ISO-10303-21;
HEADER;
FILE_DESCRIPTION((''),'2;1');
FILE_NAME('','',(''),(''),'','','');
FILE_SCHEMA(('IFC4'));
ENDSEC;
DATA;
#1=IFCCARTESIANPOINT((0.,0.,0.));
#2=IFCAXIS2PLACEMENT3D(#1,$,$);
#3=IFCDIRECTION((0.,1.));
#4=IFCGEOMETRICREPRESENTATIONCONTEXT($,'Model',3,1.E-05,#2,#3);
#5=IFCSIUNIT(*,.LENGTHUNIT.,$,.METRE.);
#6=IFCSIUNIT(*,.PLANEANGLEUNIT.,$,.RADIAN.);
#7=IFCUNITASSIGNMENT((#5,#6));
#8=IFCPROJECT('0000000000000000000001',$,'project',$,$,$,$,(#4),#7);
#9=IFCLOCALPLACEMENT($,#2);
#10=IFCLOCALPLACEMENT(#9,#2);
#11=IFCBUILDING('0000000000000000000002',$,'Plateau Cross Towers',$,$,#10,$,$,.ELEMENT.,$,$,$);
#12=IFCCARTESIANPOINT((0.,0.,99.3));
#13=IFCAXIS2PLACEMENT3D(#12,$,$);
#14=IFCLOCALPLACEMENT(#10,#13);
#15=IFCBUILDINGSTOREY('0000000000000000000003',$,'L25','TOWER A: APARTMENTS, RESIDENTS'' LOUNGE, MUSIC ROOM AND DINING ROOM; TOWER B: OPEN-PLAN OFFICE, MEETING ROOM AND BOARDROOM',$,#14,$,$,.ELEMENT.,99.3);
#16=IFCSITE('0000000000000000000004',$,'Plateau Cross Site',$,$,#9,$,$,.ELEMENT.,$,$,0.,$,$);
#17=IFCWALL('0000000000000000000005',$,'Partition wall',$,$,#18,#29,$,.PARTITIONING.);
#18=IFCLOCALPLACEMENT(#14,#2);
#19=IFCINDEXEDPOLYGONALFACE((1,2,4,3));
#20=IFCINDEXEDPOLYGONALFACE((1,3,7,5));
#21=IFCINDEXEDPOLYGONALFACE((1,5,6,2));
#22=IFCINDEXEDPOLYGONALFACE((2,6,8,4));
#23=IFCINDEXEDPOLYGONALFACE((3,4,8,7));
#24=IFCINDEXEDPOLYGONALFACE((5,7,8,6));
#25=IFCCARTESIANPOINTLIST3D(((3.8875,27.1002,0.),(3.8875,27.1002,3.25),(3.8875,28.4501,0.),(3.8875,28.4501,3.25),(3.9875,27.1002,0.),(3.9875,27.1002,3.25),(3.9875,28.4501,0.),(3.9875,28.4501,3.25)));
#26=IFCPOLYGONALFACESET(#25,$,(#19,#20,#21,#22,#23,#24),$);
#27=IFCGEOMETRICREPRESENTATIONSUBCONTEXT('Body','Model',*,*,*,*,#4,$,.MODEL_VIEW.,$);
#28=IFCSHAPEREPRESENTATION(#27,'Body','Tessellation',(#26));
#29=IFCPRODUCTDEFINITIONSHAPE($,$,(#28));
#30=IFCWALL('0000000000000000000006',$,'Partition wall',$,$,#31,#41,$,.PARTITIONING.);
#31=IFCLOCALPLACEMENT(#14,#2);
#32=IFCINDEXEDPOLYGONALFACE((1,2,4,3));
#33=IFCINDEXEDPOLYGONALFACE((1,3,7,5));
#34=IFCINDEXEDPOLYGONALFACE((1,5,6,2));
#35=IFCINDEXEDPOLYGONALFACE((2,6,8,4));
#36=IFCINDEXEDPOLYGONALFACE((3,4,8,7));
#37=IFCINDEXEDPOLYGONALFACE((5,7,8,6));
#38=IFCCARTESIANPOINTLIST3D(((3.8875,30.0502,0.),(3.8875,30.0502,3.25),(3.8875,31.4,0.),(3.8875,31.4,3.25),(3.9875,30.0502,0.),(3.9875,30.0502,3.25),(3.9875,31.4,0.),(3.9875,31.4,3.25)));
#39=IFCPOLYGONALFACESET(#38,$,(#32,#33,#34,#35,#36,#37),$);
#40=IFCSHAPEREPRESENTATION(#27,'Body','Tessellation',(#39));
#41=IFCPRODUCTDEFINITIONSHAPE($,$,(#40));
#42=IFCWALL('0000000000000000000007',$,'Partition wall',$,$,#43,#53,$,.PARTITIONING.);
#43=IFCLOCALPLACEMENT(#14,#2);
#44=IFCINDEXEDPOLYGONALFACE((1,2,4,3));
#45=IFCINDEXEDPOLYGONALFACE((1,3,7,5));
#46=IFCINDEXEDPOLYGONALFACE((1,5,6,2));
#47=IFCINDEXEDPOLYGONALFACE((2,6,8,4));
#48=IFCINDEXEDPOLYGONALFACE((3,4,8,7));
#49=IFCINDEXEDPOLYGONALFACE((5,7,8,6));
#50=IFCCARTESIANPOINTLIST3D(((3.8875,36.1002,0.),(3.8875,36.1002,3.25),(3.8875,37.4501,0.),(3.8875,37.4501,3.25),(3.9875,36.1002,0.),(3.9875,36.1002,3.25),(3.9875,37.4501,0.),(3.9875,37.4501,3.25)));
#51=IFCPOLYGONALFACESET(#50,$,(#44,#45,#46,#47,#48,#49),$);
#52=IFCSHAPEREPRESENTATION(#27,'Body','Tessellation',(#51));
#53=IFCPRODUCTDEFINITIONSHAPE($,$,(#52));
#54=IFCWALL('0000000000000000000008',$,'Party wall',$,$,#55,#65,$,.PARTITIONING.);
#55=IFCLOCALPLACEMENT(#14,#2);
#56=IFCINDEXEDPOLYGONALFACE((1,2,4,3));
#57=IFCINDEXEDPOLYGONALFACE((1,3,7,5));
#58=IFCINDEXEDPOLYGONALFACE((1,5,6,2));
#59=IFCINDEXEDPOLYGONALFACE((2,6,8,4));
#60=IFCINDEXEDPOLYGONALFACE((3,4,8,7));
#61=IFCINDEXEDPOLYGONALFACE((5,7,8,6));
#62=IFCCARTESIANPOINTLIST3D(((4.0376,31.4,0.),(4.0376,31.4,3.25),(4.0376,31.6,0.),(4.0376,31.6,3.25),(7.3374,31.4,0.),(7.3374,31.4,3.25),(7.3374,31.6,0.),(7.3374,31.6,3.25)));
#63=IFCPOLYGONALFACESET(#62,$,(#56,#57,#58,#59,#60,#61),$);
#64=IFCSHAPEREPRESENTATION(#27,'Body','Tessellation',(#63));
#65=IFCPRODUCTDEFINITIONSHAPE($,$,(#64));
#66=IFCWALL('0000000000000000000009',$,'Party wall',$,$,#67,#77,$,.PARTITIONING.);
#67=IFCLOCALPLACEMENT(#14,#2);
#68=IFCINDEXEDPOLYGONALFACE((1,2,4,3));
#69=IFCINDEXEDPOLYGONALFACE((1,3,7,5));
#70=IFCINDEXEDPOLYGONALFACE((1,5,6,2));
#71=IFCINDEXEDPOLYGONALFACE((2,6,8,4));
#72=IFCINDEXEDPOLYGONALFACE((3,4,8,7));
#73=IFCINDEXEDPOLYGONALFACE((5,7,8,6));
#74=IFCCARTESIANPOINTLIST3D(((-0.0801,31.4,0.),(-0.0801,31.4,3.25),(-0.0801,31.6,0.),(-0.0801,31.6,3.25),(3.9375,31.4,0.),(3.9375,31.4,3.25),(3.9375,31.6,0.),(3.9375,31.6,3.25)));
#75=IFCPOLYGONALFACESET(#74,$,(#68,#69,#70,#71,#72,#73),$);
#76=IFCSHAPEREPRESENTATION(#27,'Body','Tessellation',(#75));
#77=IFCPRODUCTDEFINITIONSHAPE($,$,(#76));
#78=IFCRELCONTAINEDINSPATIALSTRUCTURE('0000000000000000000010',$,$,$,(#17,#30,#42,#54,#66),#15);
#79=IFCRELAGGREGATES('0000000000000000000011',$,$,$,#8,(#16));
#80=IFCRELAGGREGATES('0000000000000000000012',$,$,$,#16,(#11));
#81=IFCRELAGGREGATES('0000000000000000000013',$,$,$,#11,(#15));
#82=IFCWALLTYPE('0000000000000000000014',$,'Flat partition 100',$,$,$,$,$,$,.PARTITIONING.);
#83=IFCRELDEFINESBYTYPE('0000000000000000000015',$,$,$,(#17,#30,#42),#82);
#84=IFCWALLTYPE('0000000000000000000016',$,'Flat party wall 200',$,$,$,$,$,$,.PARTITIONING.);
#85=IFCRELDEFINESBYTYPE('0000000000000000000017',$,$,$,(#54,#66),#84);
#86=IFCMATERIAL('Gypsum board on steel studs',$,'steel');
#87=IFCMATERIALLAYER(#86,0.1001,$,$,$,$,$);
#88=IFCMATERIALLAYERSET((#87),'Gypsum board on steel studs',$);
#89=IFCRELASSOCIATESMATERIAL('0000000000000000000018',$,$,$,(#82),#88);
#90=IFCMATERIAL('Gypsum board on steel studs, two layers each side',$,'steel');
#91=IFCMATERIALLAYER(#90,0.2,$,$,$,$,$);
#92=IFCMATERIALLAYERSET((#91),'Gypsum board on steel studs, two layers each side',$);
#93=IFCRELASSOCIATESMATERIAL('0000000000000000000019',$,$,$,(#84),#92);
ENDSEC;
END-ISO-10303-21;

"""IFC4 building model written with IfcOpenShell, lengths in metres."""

from ifc_helpers import new_model, si_unit, direction, frame, frame_2d, origin, place, context, subcontext, project, spatial, rectangle, extrude, material, layer, layer_set, type_object, element, save


model = new_model("IFC4")

# Units and contexts
model_context = context("Model", 3, precision=1e-05, world=origin(), true_north=direction((0.0, 1.0)))
body_context = subcontext(model_context, "Body", "Model", "MODEL_VIEW")
ifc_project = project(units=[si_unit("LENGTHUNIT", "METRE"), si_unit("PLANEANGLEUNIT", "RADIAN")], contexts=[model_context])

# Site, building, storey
site_placement = place(None, origin())
site = spatial("IfcSite", under=ifc_project, at=site_placement, Name="Plateau Cross Site", CompositionType="ELEMENT", RefElevation=0.0)
building_placement = place(site_placement, origin())
building = spatial("IfcBuilding", under=site, at=building_placement, Name="Plateau Cross Towers", CompositionType="ELEMENT")
storey_placement = place(building_placement, frame((0.0, 0.0, 99.3)))
storey = spatial("IfcBuildingStorey", under=building, at=storey_placement, Name="L25", Description="TOWER A: APARTMENTS, RESIDENTS' LOUNGE, MUSIC ROOM AND DINING ROOM; TOWER B: OPEN-PLAN OFFICE, MEETING ROOM AND BOARDROOM", CompositionType="ELEMENT", Elevation=99.3)

# Shared definitions
ifc_material_1 = material(Name="Gypsum board on steel studs", Category="steel")
ifc_layer_1 = layer(ifc_material_1, 0.1001)
ifc_layer_set_1 = layer_set([ifc_layer_1], Name="Gypsum board on steel studs")
wall_type_1 = type_object("IfcWallType", Name="Flat partition 100", PredefinedType="PARTITIONING", material=ifc_layer_set_1)

# Walls
for number, where, z_axis, x_axis, name in (
    (1, (3.9375, 28.45, 0.0), (0.0, 0.0, 1.0), (0.0, -1.0, 0.0), "Partition wall"),
    (2, (3.9375, 31.3999, 0.0), (0.0, 0.0, 1.0), (0.0, -1.0, 0.0), "Partition wall"),
    (3, (3.9375, 37.45, 0.0), (0.0, 0.0, 1.0), (0.0, -1.0, 0.0), "Partition wall"),
):
    element("IfcWall", number, at=place(storey_placement, frame(where, z_axis=z_axis, x_axis=x_axis)), inside=storey, type_object=wall_type_1, Name=name, PredefinedType="PARTITIONING", context=body_context, shape_type="SweptSolid", body=[
        extrude(rectangle(XDim=1.3499, YDim=0.1001, at=frame_2d((0.6748, 0.0))), origin(), (0.0, 0.0, 1.0), 3.25),
    ])
ifc_material_2 = material(Name="Gypsum board on steel studs, two layers each side", Category="steel")
ifc_layer_2 = layer(ifc_material_2, 0.2)
ifc_layer_set_2 = layer_set([ifc_layer_2], Name="Gypsum board on steel studs, two layers each side")
wall_type_2 = type_object("IfcWallType", Name="Flat party wall 200", PredefinedType="PARTITIONING", material=ifc_layer_set_2)
wall_1_placement = place(storey_placement, frame((7.3374, 31.5, 0.0), z_axis=(0.0, 0.0, 1.0), x_axis=(-1.0, 0.0, 0.0)))
element("IfcWall", 4, at=wall_1_placement, inside=storey, type_object=wall_type_2, Name="Party wall", PredefinedType="PARTITIONING", context=body_context, shape_type="SweptSolid", body=[
    extrude(rectangle(XDim=3.2998, YDim=0.2, at=frame_2d((1.6499, 0.0))), origin(), (0.0, 0.0, 1.0), 3.25),
])
wall_2_placement = place(storey_placement, frame((-0.0801, 31.5, 0.0), z_axis=(0.0, 0.0, 1.0), x_axis=(1.0, 0.0, 0.0)))
element("IfcWall", 5, at=wall_2_placement, inside=storey, type_object=wall_type_2, Name="Party wall", PredefinedType="PARTITIONING", context=body_context, shape_type="SweptSolid", body=[
    extrude(rectangle(XDim=4.0176, YDim=0.2, at=frame_2d((2.0088, 0.0))), origin(), (0.0, 0.0, 1.0), 3.25),
])

save(model, "model.ifc")
